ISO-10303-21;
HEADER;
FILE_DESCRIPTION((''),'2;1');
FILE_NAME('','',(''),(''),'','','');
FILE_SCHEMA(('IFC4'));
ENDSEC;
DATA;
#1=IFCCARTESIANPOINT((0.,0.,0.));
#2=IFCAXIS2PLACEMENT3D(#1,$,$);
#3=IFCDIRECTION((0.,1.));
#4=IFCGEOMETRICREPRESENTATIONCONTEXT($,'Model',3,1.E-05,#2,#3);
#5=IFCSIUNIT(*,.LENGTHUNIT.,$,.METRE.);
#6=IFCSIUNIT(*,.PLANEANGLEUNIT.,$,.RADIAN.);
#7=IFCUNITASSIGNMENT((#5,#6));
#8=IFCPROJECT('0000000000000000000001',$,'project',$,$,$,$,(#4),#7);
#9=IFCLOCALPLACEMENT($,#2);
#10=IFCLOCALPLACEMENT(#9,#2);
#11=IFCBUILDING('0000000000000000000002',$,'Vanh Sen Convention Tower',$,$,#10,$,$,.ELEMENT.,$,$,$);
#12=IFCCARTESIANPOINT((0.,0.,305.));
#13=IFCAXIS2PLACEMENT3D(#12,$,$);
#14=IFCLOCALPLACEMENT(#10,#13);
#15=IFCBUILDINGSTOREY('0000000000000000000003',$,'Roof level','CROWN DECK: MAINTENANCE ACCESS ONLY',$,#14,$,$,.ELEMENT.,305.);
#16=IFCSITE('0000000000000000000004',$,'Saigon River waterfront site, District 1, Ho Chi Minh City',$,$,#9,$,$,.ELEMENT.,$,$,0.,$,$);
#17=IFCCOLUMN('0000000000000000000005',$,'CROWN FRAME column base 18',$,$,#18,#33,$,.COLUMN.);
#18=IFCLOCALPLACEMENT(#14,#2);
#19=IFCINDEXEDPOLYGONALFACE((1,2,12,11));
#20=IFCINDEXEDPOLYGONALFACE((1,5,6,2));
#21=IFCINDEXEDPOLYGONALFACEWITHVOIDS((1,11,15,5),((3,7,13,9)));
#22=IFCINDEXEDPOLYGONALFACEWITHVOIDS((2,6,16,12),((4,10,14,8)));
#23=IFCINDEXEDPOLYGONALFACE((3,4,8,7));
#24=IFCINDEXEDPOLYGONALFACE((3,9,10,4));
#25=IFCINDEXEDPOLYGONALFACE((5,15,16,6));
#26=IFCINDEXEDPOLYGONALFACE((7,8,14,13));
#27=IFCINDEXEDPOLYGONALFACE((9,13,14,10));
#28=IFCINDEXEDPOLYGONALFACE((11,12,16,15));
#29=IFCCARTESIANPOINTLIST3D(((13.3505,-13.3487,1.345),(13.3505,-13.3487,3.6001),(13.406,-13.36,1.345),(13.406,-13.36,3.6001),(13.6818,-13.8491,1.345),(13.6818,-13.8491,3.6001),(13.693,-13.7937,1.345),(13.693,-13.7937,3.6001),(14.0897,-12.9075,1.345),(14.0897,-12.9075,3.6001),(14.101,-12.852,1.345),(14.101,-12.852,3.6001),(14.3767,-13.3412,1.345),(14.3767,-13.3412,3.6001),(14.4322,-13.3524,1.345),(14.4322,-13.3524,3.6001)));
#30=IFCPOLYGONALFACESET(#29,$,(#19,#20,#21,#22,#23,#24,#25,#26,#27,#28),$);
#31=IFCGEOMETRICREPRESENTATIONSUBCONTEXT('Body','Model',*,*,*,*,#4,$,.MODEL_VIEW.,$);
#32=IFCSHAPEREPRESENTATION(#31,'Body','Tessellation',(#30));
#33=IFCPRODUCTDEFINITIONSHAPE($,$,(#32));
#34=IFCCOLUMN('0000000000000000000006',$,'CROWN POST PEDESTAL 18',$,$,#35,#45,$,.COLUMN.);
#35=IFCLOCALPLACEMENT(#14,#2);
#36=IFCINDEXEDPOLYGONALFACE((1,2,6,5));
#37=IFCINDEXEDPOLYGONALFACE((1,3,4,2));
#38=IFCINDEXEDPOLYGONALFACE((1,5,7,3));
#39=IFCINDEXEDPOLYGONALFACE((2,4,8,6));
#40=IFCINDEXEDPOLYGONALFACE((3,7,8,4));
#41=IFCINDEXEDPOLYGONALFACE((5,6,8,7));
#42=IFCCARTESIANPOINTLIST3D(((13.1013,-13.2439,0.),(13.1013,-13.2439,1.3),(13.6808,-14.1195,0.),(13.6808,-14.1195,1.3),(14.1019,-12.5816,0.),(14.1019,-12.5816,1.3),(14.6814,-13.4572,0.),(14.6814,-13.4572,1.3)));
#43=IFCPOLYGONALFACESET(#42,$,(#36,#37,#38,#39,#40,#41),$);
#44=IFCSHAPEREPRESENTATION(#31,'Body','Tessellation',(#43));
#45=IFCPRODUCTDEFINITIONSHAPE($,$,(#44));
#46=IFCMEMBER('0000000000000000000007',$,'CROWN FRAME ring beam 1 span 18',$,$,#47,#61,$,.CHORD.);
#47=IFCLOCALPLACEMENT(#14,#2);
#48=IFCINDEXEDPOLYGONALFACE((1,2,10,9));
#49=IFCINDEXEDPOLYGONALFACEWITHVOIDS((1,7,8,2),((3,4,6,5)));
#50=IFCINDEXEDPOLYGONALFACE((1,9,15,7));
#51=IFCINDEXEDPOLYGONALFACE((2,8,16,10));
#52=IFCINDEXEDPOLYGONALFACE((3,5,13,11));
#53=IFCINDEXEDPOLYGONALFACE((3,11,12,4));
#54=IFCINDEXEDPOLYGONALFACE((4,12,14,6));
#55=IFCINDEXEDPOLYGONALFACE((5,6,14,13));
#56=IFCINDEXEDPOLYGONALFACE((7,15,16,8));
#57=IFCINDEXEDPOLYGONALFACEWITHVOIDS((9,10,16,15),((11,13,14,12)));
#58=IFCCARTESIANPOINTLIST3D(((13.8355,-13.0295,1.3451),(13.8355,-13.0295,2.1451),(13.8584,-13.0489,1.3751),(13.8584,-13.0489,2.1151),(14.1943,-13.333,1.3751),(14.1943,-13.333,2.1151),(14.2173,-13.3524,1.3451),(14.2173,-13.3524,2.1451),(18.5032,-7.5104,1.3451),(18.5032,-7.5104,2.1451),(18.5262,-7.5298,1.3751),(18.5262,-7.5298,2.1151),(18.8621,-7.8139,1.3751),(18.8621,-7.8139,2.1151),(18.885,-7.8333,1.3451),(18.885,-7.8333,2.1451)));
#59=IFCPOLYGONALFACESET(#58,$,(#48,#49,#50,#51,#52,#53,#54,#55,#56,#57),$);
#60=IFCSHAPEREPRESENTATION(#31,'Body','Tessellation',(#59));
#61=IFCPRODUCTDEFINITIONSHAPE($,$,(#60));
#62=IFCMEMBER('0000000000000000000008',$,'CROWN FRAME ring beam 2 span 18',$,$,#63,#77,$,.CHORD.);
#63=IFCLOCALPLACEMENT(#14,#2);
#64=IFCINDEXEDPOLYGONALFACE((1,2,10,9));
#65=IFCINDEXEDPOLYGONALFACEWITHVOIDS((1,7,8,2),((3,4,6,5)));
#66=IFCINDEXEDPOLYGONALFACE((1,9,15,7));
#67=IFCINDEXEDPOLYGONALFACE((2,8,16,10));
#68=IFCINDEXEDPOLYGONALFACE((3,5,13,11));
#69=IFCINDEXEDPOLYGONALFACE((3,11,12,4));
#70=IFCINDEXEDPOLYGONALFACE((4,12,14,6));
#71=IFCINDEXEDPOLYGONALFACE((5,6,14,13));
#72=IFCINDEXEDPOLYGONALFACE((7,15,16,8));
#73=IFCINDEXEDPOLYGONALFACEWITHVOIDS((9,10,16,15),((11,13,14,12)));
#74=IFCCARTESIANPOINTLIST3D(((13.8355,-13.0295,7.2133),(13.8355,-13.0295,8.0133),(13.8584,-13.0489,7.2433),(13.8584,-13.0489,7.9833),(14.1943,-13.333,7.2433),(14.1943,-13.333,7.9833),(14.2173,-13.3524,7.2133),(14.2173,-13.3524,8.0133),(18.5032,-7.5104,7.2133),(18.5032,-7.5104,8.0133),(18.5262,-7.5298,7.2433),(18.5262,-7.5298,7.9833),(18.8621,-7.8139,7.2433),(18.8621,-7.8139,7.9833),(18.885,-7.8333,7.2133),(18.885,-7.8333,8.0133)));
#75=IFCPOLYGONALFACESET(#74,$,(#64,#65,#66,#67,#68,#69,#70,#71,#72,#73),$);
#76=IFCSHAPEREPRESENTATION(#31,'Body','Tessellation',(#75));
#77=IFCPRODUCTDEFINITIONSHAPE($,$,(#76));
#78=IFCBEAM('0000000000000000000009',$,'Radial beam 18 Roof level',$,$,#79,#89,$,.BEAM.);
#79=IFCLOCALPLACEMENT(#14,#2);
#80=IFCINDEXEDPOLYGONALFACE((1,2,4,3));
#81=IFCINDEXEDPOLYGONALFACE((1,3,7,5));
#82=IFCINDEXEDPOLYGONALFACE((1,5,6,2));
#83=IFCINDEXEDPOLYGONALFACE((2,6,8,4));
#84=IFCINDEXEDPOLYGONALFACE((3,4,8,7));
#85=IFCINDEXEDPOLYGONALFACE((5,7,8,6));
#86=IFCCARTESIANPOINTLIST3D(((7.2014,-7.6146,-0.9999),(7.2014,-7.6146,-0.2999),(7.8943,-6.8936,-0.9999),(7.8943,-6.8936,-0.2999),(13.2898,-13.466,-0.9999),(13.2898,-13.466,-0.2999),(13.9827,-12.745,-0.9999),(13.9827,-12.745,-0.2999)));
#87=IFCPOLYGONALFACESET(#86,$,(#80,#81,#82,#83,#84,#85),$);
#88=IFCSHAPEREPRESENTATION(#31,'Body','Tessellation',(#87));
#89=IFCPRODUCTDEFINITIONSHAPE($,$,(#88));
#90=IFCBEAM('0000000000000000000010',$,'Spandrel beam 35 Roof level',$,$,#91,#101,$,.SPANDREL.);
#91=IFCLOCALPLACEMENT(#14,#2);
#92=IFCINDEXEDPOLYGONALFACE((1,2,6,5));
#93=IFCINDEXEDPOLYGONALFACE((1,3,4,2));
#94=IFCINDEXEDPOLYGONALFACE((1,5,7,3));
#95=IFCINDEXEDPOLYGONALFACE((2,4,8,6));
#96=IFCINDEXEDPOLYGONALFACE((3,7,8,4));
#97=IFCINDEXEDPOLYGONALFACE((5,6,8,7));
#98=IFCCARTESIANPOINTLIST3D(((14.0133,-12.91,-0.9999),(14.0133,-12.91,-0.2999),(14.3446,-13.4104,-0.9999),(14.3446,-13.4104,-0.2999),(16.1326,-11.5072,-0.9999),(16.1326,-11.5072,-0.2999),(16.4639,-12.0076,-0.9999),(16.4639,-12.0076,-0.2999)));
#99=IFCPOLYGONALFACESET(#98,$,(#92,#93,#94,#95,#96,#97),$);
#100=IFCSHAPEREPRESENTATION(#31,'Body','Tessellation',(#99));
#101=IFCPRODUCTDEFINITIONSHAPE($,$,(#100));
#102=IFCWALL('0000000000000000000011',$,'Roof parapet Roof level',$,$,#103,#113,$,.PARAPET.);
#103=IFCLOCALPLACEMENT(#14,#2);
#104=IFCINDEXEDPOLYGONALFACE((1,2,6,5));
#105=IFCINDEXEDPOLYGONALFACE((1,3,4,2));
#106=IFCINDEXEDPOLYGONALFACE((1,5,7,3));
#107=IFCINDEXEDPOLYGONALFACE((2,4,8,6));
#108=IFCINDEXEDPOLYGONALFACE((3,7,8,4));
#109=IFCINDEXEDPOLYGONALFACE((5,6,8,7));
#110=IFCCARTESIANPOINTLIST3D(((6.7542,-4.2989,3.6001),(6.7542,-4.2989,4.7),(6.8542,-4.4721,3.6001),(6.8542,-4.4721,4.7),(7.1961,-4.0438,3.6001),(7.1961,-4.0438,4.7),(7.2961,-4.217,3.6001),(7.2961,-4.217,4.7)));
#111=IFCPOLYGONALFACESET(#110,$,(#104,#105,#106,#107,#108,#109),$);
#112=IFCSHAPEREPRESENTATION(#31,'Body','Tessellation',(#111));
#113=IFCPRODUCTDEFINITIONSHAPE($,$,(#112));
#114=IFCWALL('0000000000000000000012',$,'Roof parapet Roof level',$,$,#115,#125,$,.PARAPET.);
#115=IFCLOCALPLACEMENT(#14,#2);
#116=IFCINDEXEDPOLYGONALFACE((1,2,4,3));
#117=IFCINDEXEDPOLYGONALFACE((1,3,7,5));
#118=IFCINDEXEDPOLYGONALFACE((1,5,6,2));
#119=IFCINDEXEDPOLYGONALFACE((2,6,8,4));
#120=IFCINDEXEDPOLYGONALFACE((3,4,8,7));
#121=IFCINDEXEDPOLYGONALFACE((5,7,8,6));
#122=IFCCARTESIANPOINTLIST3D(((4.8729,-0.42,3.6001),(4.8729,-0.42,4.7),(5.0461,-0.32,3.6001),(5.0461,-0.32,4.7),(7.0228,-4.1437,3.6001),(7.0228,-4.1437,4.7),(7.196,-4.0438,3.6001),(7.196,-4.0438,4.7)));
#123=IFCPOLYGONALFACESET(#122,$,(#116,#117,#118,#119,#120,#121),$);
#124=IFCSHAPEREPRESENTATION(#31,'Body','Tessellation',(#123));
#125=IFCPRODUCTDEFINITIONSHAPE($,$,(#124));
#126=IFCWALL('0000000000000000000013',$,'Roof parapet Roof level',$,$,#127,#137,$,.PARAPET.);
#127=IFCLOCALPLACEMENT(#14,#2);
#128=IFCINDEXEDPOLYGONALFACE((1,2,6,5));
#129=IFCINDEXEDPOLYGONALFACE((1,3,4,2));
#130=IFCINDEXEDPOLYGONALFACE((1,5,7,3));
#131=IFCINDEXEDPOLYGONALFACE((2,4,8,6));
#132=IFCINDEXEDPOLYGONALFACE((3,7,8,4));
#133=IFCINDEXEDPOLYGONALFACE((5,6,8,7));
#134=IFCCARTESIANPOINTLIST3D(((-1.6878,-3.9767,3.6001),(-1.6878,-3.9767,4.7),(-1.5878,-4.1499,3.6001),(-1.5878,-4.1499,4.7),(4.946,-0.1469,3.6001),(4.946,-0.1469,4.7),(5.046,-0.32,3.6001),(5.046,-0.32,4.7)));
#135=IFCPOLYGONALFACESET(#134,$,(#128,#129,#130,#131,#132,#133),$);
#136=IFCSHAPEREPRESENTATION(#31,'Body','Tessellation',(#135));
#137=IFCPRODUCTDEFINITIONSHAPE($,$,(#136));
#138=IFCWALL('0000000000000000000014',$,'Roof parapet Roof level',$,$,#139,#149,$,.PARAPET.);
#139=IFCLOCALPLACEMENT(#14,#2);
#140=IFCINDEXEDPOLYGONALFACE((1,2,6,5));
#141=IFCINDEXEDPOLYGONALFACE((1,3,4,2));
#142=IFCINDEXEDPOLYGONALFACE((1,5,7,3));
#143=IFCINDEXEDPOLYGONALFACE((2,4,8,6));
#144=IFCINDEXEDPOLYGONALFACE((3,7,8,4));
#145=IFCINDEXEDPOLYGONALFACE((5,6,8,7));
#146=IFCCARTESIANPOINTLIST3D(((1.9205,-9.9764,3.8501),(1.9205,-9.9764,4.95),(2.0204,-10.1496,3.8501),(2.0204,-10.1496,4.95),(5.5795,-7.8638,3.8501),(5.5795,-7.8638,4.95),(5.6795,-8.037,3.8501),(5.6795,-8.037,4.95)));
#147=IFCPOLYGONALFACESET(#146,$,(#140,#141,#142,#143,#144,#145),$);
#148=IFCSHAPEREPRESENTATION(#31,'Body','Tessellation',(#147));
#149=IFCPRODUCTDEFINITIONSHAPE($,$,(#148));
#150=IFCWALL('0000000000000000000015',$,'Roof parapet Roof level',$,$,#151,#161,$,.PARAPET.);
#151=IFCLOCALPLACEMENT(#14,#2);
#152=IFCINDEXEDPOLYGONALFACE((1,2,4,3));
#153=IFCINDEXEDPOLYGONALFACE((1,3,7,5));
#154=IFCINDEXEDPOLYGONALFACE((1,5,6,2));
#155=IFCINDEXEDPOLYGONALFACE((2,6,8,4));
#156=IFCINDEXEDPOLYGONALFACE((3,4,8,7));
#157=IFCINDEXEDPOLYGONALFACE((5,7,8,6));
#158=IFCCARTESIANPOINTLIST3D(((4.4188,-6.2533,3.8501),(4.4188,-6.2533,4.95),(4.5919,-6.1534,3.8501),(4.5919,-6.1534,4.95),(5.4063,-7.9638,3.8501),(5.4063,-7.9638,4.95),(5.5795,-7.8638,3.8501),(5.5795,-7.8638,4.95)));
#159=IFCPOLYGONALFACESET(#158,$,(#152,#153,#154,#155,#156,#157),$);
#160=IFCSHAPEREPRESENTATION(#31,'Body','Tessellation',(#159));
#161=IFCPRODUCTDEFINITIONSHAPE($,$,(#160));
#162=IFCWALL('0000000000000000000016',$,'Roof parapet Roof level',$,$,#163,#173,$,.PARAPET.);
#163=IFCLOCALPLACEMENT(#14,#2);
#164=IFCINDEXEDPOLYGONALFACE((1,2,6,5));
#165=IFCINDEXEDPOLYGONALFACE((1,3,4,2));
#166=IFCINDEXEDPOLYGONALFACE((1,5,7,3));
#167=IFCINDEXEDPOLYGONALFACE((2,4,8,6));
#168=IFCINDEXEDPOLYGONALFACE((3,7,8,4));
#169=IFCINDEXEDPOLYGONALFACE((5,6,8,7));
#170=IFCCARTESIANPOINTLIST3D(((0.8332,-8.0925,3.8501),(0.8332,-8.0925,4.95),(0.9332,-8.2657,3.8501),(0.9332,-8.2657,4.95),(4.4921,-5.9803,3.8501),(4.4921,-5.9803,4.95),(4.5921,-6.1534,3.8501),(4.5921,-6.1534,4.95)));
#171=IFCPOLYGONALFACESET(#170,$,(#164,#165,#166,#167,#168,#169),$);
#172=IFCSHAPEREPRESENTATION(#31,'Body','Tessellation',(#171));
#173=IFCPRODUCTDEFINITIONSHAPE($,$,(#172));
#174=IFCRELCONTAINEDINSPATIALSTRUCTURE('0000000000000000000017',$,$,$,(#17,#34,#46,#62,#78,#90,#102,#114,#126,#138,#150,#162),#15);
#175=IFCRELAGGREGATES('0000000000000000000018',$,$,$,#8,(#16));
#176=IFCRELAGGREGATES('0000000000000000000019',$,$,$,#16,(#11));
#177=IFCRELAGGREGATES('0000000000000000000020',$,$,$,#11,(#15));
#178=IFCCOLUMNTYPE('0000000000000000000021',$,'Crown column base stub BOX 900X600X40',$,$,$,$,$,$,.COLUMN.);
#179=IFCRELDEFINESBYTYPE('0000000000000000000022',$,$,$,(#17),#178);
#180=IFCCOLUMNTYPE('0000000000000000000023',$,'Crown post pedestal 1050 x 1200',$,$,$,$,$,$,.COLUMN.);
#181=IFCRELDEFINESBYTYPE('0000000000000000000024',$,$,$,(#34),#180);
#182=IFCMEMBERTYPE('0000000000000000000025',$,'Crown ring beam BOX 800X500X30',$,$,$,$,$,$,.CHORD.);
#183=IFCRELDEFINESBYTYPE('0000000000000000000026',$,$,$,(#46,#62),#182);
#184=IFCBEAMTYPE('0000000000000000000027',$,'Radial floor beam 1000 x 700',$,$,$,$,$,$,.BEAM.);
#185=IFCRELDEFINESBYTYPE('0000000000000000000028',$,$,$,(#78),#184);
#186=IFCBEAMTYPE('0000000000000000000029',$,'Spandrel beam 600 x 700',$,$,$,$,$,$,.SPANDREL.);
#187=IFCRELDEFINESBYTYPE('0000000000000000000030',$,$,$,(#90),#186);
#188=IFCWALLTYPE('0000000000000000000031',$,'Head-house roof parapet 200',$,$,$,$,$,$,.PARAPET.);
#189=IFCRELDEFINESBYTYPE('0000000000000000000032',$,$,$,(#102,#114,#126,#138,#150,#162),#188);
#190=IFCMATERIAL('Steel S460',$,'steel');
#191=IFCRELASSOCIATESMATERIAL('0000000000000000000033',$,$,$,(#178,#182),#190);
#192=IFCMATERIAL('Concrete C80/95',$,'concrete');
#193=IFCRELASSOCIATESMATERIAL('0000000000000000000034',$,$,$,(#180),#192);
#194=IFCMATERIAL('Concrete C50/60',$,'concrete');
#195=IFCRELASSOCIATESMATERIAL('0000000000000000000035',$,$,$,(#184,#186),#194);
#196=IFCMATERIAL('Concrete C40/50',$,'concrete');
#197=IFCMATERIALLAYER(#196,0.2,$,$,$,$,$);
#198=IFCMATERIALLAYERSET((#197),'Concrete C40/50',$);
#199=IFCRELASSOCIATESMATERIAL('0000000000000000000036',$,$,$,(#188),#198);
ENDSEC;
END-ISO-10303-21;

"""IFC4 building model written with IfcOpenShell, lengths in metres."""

from ifc_helpers import new_model, si_unit, direction, frame, frame_2d, origin, origin_2d, place, context, subcontext, project, spatial, rectangle, hollow_rectangle, extrude, material, layer, layer_set, material_profile, profile_set, type_object, element, save


model = new_model("IFC4")

# Units and contexts
model_context = context("Model", 3, precision=1e-05, world=origin(), true_north=direction((0.0, 1.0)))
body_context = subcontext(model_context, "Body", "Model", "MODEL_VIEW")
ifc_project = project(units=[si_unit("LENGTHUNIT", "METRE"), si_unit("PLANEANGLEUNIT", "RADIAN")], contexts=[model_context])

# Site, building, storey
site_placement = place(None, origin())
site = spatial("IfcSite", under=ifc_project, at=site_placement, Name="Saigon River waterfront site, District 1, Ho Chi Minh City", CompositionType="ELEMENT", RefElevation=0.0)
building_placement = place(site_placement, origin())
building = spatial("IfcBuilding", under=site, at=building_placement, Name="Vanh Sen Convention Tower", CompositionType="ELEMENT")
storey_placement = place(building_placement, frame((0.0, 0.0, 305.0)))
storey = spatial("IfcBuildingStorey", under=building, at=storey_placement, Name="Roof level", Description="CROWN DECK: MAINTENANCE ACCESS ONLY", CompositionType="ELEMENT", Elevation=305.0)

# Columns
ifc_material_1 = material(Name="Steel S460", Category="steel")
ifc_material_profile_1 = material_profile(ifc_material_1, hollow_rectangle(XDim=0.6001, YDim=0.8999, WallThickness=0.04, at=origin_2d()), Name="BOX 900X600X40")
ifc_profile_set_1 = profile_set([ifc_material_profile_1], Name="Steel S460")
column_type_1 = type_object("IfcColumnType", Name="Crown column base stub BOX 900X600X40", PredefinedType="COLUMN", material=ifc_profile_set_1)
column_1_placement = place(storey_placement, frame((13.8914, -13.3506, 1.345), z_axis=(0.0, 0.0, 1.0), x_axis=(-0.551937, 0.833886, 0.0)))
element("IfcColumn", 1, at=column_1_placement, inside=storey, type_object=column_type_1, Name="CROWN FRAME column base 18", PredefinedType="COLUMN", context=body_context, shape_type="SweptSolid", body=[
    extrude(hollow_rectangle(XDim=0.6001, YDim=0.8999, WallThickness=0.04, at=origin_2d()), origin(), (0.0, 0.0, 1.0), 2.2551),
])
ifc_material_2 = material(Name="Concrete C80/95", Category="concrete")
ifc_material_profile_2 = material_profile(ifc_material_2, rectangle(XDim=1.05, YDim=1.2, at=origin_2d()), Name="RC 1050X1200")
ifc_profile_set_2 = profile_set([ifc_material_profile_2], Name="Concrete C80/95")
column_type_2 = type_object("IfcColumnType", Name="Crown post pedestal 1050 x 1200", PredefinedType="COLUMN", material=ifc_profile_set_2)
column_2_placement = place(storey_placement, frame((13.8914, -13.3506, 0.0), z_axis=(0.0, 0.0, 1.0), x_axis=(-0.551937, 0.833886, 0.0)))
element("IfcColumn", 2, at=column_2_placement, inside=storey, type_object=column_type_2, Name="CROWN POST PEDESTAL 18", PredefinedType="COLUMN", context=body_context, shape_type="SweptSolid", body=[
    extrude(rectangle(XDim=1.05, YDim=1.2, at=origin_2d()), origin(), (0.0, 0.0, 1.0), 1.3),
])

# Members
ifc_material_profile_3 = material_profile(ifc_material_1, hollow_rectangle(XDim=0.5, YDim=0.8, WallThickness=0.03, at=origin_2d()), Name="BOX 800X500X30")
ifc_profile_set_3 = profile_set([ifc_material_profile_3], Name="Steel S460")
member_type = type_object("IfcMemberType", Name="Crown ring beam BOX 800X500X30", PredefinedType="CHORD", material=ifc_profile_set_3)
for number, where, z_axis, x_axis, name in (
    (3, (14.0264, -13.1909, 1.7451), (0.645762, 0.763539, 0.0), (-0.763539, 0.645762, 0.0), "CROWN FRAME ring beam 1 span 18"),
    (4, (14.0264, -13.1909, 7.6133), (0.645762, 0.763539, 0.0), (-0.763539, 0.645762, 0.0), "CROWN FRAME ring beam 2 span 18"),
):
    element("IfcMember", number, at=place(storey_placement, frame(where, z_axis=z_axis, x_axis=x_axis)), inside=storey, type_object=member_type, Name=name, PredefinedType="CHORD", context=body_context, shape_type="SweptSolid", body=[
        extrude(hollow_rectangle(XDim=0.5, YDim=0.8, WallThickness=0.03, at=origin_2d()), origin(), (0.0, 0.0, 1.0), 7.2283),
    ])

# Beams
ifc_material_3 = material(Name="Concrete C50/60", Category="concrete")
ifc_material_profile_4 = material_profile(ifc_material_3, rectangle(XDim=1.0, YDim=0.7, at=origin_2d()), Name="RC 1000X700")
ifc_profile_set_4 = profile_set([ifc_material_profile_4], Name="Concrete C50/60")
beam_type_1 = type_object("IfcBeamType", Name="Radial floor beam 1000 x 700", PredefinedType="BEAM", material=ifc_profile_set_4)
beam_1_placement = place(storey_placement, frame((13.6362, -13.1055, -0.6499), z_axis=(-0.721004, 0.692931, 0.0), x_axis=(-0.692931, -0.721004, 0.0)))
element("IfcBeam", 5, at=beam_1_placement, inside=storey, type_object=beam_type_1, Name="Radial beam 18 Roof level", PredefinedType="BEAM", context=body_context, shape_type="SweptSolid", body=[
    extrude(rectangle(XDim=1.0, YDim=0.7, at=origin_2d()), origin(), (0.0, 0.0, 1.0), 8.4443),
])
ifc_material_profile_5 = material_profile(ifc_material_3, rectangle(XDim=0.6001, YDim=0.7, at=origin_2d()), Name="RC 600X700")
ifc_profile_set_5 = profile_set([ifc_material_profile_5], Name="Concrete C50/60")
beam_type_2 = type_object("IfcBeamType", Name="Spandrel beam 600 x 700", PredefinedType="SPANDREL", material=ifc_profile_set_5)
beam_2_placement = place(storey_placement, frame((14.179, -13.1602, -0.6499), z_axis=(0.833878, 0.551948, 0.0), x_axis=(-0.551948, 0.833878, 0.0)))
element("IfcBeam", 6, at=beam_2_placement, inside=storey, type_object=beam_type_2, Name="Spandrel beam 35 Roof level", PredefinedType="SPANDREL", context=body_context, shape_type="SweptSolid", body=[
    extrude(rectangle(XDim=0.6001, YDim=0.7, at=origin_2d()), origin(), (0.0, 0.0, 1.0), 2.5415),
])

# Walls
ifc_material_4 = material(Name="Concrete C40/50", Category="concrete")
ifc_layer_1 = layer(ifc_material_4, 0.2)
ifc_layer_set_1 = layer_set([ifc_layer_1], Name="Concrete C40/50")
wall_type_1 = type_object("IfcWallType", Name="Head-house roof parapet 200", PredefinedType="PARAPET", material=ifc_layer_set_1)
wall_1_placement = place(storey_placement, frame((6.8042, -4.3855, 3.6001), z_axis=(0.0, 0.0, 1.0), x_axis=(0.866026, 0.499999, 0.0)))
element("IfcWall", 7, at=wall_1_placement, inside=storey, type_object=wall_type_1, Name="Roof parapet Roof level", PredefinedType="PARAPET", context=body_context, shape_type="SweptSolid", body=[
    extrude(rectangle(XDim=0.5103, YDim=0.2, at=frame_2d((0.2551, 0.0))), origin(), (0.0, 0.0, 1.0), 1.0999),
])
wall_2_placement = place(storey_placement, frame((7.1094, -4.0938, 3.6001), z_axis=(0.0, 0.0, 1.0), x_axis=(-0.499986, 0.866033, 0.0)))
element("IfcWall", 8, at=wall_2_placement, inside=storey, type_object=wall_type_1, Name="Roof parapet Roof level", PredefinedType="PARAPET", context=body_context, shape_type="SweptSolid", body=[
    extrude(rectangle(XDim=4.2998, YDim=0.2, at=frame_2d((2.1499, 0.0))), origin(), (0.0, 0.0, 1.0), 1.0999),
])
wall_3_placement = place(storey_placement, frame((4.9961, -0.2334, 3.6001), z_axis=(0.0, 0.0, 1.0), x_axis=(-0.866036, -0.499982, 0.0)))
element("IfcWall", 9, at=wall_3_placement, inside=storey, type_object=wall_type_1, Name="Roof parapet Roof level", PredefinedType="PARAPET", context=body_context, shape_type="SweptSolid", body=[
    extrude(rectangle(XDim=7.6599, YDim=0.2, at=frame_2d((3.8301, 0.0))), origin(), (0.0, 0.0, 1.0), 1.0999),
])
wall_4_placement = place(storey_placement, frame((1.9705, -10.063, 3.8501), z_axis=(0.0, 0.0, 1.0), x_axis=(0.866019, 0.500011, 0.0)))
element("IfcWall", 10, at=wall_4_placement, inside=storey, type_object=wall_type_1, Name="Roof parapet Roof level", PredefinedType="PARAPET", context=body_context, shape_type="SweptSolid", body=[
    extrude(rectangle(XDim=4.2251, YDim=0.2, at=frame_2d((2.1125, 0.0))), origin(), (0.0, 0.0, 1.0), 1.0999),
])
wall_5_placement = place(storey_placement, frame((5.4929, -7.9138, 3.8501), z_axis=(0.0, 0.0, 1.0), x_axis=(-0.500008, 0.866021, 0.0)))
element("IfcWall", 11, at=wall_5_placement, inside=storey, type_object=wall_type_1, Name="Roof parapet Roof level", PredefinedType="PARAPET", context=body_context, shape_type="SweptSolid", body=[
    extrude(rectangle(XDim=1.9751, YDim=0.2, at=frame_2d((0.9875, 0.0))), origin(), (0.0, 0.0, 1.0), 1.0999),
])
wall_6_placement = place(storey_placement, frame((4.542, -6.0669, 3.8501), z_axis=(0.0, 0.0, 1.0), x_axis=(-0.866044, -0.499968, 0.0)))
element("IfcWall", 12, at=wall_6_placement, inside=storey, type_object=wall_type_1, Name="Roof parapet Roof level", PredefinedType="PARAPET", context=body_context, shape_type="SweptSolid", body=[
    extrude(rectangle(XDim=4.2249, YDim=0.2, at=frame_2d((2.1123, 0.0))), origin(), (0.0, 0.0, 1.0), 1.0999),
])

save(model, "model.ifc")
